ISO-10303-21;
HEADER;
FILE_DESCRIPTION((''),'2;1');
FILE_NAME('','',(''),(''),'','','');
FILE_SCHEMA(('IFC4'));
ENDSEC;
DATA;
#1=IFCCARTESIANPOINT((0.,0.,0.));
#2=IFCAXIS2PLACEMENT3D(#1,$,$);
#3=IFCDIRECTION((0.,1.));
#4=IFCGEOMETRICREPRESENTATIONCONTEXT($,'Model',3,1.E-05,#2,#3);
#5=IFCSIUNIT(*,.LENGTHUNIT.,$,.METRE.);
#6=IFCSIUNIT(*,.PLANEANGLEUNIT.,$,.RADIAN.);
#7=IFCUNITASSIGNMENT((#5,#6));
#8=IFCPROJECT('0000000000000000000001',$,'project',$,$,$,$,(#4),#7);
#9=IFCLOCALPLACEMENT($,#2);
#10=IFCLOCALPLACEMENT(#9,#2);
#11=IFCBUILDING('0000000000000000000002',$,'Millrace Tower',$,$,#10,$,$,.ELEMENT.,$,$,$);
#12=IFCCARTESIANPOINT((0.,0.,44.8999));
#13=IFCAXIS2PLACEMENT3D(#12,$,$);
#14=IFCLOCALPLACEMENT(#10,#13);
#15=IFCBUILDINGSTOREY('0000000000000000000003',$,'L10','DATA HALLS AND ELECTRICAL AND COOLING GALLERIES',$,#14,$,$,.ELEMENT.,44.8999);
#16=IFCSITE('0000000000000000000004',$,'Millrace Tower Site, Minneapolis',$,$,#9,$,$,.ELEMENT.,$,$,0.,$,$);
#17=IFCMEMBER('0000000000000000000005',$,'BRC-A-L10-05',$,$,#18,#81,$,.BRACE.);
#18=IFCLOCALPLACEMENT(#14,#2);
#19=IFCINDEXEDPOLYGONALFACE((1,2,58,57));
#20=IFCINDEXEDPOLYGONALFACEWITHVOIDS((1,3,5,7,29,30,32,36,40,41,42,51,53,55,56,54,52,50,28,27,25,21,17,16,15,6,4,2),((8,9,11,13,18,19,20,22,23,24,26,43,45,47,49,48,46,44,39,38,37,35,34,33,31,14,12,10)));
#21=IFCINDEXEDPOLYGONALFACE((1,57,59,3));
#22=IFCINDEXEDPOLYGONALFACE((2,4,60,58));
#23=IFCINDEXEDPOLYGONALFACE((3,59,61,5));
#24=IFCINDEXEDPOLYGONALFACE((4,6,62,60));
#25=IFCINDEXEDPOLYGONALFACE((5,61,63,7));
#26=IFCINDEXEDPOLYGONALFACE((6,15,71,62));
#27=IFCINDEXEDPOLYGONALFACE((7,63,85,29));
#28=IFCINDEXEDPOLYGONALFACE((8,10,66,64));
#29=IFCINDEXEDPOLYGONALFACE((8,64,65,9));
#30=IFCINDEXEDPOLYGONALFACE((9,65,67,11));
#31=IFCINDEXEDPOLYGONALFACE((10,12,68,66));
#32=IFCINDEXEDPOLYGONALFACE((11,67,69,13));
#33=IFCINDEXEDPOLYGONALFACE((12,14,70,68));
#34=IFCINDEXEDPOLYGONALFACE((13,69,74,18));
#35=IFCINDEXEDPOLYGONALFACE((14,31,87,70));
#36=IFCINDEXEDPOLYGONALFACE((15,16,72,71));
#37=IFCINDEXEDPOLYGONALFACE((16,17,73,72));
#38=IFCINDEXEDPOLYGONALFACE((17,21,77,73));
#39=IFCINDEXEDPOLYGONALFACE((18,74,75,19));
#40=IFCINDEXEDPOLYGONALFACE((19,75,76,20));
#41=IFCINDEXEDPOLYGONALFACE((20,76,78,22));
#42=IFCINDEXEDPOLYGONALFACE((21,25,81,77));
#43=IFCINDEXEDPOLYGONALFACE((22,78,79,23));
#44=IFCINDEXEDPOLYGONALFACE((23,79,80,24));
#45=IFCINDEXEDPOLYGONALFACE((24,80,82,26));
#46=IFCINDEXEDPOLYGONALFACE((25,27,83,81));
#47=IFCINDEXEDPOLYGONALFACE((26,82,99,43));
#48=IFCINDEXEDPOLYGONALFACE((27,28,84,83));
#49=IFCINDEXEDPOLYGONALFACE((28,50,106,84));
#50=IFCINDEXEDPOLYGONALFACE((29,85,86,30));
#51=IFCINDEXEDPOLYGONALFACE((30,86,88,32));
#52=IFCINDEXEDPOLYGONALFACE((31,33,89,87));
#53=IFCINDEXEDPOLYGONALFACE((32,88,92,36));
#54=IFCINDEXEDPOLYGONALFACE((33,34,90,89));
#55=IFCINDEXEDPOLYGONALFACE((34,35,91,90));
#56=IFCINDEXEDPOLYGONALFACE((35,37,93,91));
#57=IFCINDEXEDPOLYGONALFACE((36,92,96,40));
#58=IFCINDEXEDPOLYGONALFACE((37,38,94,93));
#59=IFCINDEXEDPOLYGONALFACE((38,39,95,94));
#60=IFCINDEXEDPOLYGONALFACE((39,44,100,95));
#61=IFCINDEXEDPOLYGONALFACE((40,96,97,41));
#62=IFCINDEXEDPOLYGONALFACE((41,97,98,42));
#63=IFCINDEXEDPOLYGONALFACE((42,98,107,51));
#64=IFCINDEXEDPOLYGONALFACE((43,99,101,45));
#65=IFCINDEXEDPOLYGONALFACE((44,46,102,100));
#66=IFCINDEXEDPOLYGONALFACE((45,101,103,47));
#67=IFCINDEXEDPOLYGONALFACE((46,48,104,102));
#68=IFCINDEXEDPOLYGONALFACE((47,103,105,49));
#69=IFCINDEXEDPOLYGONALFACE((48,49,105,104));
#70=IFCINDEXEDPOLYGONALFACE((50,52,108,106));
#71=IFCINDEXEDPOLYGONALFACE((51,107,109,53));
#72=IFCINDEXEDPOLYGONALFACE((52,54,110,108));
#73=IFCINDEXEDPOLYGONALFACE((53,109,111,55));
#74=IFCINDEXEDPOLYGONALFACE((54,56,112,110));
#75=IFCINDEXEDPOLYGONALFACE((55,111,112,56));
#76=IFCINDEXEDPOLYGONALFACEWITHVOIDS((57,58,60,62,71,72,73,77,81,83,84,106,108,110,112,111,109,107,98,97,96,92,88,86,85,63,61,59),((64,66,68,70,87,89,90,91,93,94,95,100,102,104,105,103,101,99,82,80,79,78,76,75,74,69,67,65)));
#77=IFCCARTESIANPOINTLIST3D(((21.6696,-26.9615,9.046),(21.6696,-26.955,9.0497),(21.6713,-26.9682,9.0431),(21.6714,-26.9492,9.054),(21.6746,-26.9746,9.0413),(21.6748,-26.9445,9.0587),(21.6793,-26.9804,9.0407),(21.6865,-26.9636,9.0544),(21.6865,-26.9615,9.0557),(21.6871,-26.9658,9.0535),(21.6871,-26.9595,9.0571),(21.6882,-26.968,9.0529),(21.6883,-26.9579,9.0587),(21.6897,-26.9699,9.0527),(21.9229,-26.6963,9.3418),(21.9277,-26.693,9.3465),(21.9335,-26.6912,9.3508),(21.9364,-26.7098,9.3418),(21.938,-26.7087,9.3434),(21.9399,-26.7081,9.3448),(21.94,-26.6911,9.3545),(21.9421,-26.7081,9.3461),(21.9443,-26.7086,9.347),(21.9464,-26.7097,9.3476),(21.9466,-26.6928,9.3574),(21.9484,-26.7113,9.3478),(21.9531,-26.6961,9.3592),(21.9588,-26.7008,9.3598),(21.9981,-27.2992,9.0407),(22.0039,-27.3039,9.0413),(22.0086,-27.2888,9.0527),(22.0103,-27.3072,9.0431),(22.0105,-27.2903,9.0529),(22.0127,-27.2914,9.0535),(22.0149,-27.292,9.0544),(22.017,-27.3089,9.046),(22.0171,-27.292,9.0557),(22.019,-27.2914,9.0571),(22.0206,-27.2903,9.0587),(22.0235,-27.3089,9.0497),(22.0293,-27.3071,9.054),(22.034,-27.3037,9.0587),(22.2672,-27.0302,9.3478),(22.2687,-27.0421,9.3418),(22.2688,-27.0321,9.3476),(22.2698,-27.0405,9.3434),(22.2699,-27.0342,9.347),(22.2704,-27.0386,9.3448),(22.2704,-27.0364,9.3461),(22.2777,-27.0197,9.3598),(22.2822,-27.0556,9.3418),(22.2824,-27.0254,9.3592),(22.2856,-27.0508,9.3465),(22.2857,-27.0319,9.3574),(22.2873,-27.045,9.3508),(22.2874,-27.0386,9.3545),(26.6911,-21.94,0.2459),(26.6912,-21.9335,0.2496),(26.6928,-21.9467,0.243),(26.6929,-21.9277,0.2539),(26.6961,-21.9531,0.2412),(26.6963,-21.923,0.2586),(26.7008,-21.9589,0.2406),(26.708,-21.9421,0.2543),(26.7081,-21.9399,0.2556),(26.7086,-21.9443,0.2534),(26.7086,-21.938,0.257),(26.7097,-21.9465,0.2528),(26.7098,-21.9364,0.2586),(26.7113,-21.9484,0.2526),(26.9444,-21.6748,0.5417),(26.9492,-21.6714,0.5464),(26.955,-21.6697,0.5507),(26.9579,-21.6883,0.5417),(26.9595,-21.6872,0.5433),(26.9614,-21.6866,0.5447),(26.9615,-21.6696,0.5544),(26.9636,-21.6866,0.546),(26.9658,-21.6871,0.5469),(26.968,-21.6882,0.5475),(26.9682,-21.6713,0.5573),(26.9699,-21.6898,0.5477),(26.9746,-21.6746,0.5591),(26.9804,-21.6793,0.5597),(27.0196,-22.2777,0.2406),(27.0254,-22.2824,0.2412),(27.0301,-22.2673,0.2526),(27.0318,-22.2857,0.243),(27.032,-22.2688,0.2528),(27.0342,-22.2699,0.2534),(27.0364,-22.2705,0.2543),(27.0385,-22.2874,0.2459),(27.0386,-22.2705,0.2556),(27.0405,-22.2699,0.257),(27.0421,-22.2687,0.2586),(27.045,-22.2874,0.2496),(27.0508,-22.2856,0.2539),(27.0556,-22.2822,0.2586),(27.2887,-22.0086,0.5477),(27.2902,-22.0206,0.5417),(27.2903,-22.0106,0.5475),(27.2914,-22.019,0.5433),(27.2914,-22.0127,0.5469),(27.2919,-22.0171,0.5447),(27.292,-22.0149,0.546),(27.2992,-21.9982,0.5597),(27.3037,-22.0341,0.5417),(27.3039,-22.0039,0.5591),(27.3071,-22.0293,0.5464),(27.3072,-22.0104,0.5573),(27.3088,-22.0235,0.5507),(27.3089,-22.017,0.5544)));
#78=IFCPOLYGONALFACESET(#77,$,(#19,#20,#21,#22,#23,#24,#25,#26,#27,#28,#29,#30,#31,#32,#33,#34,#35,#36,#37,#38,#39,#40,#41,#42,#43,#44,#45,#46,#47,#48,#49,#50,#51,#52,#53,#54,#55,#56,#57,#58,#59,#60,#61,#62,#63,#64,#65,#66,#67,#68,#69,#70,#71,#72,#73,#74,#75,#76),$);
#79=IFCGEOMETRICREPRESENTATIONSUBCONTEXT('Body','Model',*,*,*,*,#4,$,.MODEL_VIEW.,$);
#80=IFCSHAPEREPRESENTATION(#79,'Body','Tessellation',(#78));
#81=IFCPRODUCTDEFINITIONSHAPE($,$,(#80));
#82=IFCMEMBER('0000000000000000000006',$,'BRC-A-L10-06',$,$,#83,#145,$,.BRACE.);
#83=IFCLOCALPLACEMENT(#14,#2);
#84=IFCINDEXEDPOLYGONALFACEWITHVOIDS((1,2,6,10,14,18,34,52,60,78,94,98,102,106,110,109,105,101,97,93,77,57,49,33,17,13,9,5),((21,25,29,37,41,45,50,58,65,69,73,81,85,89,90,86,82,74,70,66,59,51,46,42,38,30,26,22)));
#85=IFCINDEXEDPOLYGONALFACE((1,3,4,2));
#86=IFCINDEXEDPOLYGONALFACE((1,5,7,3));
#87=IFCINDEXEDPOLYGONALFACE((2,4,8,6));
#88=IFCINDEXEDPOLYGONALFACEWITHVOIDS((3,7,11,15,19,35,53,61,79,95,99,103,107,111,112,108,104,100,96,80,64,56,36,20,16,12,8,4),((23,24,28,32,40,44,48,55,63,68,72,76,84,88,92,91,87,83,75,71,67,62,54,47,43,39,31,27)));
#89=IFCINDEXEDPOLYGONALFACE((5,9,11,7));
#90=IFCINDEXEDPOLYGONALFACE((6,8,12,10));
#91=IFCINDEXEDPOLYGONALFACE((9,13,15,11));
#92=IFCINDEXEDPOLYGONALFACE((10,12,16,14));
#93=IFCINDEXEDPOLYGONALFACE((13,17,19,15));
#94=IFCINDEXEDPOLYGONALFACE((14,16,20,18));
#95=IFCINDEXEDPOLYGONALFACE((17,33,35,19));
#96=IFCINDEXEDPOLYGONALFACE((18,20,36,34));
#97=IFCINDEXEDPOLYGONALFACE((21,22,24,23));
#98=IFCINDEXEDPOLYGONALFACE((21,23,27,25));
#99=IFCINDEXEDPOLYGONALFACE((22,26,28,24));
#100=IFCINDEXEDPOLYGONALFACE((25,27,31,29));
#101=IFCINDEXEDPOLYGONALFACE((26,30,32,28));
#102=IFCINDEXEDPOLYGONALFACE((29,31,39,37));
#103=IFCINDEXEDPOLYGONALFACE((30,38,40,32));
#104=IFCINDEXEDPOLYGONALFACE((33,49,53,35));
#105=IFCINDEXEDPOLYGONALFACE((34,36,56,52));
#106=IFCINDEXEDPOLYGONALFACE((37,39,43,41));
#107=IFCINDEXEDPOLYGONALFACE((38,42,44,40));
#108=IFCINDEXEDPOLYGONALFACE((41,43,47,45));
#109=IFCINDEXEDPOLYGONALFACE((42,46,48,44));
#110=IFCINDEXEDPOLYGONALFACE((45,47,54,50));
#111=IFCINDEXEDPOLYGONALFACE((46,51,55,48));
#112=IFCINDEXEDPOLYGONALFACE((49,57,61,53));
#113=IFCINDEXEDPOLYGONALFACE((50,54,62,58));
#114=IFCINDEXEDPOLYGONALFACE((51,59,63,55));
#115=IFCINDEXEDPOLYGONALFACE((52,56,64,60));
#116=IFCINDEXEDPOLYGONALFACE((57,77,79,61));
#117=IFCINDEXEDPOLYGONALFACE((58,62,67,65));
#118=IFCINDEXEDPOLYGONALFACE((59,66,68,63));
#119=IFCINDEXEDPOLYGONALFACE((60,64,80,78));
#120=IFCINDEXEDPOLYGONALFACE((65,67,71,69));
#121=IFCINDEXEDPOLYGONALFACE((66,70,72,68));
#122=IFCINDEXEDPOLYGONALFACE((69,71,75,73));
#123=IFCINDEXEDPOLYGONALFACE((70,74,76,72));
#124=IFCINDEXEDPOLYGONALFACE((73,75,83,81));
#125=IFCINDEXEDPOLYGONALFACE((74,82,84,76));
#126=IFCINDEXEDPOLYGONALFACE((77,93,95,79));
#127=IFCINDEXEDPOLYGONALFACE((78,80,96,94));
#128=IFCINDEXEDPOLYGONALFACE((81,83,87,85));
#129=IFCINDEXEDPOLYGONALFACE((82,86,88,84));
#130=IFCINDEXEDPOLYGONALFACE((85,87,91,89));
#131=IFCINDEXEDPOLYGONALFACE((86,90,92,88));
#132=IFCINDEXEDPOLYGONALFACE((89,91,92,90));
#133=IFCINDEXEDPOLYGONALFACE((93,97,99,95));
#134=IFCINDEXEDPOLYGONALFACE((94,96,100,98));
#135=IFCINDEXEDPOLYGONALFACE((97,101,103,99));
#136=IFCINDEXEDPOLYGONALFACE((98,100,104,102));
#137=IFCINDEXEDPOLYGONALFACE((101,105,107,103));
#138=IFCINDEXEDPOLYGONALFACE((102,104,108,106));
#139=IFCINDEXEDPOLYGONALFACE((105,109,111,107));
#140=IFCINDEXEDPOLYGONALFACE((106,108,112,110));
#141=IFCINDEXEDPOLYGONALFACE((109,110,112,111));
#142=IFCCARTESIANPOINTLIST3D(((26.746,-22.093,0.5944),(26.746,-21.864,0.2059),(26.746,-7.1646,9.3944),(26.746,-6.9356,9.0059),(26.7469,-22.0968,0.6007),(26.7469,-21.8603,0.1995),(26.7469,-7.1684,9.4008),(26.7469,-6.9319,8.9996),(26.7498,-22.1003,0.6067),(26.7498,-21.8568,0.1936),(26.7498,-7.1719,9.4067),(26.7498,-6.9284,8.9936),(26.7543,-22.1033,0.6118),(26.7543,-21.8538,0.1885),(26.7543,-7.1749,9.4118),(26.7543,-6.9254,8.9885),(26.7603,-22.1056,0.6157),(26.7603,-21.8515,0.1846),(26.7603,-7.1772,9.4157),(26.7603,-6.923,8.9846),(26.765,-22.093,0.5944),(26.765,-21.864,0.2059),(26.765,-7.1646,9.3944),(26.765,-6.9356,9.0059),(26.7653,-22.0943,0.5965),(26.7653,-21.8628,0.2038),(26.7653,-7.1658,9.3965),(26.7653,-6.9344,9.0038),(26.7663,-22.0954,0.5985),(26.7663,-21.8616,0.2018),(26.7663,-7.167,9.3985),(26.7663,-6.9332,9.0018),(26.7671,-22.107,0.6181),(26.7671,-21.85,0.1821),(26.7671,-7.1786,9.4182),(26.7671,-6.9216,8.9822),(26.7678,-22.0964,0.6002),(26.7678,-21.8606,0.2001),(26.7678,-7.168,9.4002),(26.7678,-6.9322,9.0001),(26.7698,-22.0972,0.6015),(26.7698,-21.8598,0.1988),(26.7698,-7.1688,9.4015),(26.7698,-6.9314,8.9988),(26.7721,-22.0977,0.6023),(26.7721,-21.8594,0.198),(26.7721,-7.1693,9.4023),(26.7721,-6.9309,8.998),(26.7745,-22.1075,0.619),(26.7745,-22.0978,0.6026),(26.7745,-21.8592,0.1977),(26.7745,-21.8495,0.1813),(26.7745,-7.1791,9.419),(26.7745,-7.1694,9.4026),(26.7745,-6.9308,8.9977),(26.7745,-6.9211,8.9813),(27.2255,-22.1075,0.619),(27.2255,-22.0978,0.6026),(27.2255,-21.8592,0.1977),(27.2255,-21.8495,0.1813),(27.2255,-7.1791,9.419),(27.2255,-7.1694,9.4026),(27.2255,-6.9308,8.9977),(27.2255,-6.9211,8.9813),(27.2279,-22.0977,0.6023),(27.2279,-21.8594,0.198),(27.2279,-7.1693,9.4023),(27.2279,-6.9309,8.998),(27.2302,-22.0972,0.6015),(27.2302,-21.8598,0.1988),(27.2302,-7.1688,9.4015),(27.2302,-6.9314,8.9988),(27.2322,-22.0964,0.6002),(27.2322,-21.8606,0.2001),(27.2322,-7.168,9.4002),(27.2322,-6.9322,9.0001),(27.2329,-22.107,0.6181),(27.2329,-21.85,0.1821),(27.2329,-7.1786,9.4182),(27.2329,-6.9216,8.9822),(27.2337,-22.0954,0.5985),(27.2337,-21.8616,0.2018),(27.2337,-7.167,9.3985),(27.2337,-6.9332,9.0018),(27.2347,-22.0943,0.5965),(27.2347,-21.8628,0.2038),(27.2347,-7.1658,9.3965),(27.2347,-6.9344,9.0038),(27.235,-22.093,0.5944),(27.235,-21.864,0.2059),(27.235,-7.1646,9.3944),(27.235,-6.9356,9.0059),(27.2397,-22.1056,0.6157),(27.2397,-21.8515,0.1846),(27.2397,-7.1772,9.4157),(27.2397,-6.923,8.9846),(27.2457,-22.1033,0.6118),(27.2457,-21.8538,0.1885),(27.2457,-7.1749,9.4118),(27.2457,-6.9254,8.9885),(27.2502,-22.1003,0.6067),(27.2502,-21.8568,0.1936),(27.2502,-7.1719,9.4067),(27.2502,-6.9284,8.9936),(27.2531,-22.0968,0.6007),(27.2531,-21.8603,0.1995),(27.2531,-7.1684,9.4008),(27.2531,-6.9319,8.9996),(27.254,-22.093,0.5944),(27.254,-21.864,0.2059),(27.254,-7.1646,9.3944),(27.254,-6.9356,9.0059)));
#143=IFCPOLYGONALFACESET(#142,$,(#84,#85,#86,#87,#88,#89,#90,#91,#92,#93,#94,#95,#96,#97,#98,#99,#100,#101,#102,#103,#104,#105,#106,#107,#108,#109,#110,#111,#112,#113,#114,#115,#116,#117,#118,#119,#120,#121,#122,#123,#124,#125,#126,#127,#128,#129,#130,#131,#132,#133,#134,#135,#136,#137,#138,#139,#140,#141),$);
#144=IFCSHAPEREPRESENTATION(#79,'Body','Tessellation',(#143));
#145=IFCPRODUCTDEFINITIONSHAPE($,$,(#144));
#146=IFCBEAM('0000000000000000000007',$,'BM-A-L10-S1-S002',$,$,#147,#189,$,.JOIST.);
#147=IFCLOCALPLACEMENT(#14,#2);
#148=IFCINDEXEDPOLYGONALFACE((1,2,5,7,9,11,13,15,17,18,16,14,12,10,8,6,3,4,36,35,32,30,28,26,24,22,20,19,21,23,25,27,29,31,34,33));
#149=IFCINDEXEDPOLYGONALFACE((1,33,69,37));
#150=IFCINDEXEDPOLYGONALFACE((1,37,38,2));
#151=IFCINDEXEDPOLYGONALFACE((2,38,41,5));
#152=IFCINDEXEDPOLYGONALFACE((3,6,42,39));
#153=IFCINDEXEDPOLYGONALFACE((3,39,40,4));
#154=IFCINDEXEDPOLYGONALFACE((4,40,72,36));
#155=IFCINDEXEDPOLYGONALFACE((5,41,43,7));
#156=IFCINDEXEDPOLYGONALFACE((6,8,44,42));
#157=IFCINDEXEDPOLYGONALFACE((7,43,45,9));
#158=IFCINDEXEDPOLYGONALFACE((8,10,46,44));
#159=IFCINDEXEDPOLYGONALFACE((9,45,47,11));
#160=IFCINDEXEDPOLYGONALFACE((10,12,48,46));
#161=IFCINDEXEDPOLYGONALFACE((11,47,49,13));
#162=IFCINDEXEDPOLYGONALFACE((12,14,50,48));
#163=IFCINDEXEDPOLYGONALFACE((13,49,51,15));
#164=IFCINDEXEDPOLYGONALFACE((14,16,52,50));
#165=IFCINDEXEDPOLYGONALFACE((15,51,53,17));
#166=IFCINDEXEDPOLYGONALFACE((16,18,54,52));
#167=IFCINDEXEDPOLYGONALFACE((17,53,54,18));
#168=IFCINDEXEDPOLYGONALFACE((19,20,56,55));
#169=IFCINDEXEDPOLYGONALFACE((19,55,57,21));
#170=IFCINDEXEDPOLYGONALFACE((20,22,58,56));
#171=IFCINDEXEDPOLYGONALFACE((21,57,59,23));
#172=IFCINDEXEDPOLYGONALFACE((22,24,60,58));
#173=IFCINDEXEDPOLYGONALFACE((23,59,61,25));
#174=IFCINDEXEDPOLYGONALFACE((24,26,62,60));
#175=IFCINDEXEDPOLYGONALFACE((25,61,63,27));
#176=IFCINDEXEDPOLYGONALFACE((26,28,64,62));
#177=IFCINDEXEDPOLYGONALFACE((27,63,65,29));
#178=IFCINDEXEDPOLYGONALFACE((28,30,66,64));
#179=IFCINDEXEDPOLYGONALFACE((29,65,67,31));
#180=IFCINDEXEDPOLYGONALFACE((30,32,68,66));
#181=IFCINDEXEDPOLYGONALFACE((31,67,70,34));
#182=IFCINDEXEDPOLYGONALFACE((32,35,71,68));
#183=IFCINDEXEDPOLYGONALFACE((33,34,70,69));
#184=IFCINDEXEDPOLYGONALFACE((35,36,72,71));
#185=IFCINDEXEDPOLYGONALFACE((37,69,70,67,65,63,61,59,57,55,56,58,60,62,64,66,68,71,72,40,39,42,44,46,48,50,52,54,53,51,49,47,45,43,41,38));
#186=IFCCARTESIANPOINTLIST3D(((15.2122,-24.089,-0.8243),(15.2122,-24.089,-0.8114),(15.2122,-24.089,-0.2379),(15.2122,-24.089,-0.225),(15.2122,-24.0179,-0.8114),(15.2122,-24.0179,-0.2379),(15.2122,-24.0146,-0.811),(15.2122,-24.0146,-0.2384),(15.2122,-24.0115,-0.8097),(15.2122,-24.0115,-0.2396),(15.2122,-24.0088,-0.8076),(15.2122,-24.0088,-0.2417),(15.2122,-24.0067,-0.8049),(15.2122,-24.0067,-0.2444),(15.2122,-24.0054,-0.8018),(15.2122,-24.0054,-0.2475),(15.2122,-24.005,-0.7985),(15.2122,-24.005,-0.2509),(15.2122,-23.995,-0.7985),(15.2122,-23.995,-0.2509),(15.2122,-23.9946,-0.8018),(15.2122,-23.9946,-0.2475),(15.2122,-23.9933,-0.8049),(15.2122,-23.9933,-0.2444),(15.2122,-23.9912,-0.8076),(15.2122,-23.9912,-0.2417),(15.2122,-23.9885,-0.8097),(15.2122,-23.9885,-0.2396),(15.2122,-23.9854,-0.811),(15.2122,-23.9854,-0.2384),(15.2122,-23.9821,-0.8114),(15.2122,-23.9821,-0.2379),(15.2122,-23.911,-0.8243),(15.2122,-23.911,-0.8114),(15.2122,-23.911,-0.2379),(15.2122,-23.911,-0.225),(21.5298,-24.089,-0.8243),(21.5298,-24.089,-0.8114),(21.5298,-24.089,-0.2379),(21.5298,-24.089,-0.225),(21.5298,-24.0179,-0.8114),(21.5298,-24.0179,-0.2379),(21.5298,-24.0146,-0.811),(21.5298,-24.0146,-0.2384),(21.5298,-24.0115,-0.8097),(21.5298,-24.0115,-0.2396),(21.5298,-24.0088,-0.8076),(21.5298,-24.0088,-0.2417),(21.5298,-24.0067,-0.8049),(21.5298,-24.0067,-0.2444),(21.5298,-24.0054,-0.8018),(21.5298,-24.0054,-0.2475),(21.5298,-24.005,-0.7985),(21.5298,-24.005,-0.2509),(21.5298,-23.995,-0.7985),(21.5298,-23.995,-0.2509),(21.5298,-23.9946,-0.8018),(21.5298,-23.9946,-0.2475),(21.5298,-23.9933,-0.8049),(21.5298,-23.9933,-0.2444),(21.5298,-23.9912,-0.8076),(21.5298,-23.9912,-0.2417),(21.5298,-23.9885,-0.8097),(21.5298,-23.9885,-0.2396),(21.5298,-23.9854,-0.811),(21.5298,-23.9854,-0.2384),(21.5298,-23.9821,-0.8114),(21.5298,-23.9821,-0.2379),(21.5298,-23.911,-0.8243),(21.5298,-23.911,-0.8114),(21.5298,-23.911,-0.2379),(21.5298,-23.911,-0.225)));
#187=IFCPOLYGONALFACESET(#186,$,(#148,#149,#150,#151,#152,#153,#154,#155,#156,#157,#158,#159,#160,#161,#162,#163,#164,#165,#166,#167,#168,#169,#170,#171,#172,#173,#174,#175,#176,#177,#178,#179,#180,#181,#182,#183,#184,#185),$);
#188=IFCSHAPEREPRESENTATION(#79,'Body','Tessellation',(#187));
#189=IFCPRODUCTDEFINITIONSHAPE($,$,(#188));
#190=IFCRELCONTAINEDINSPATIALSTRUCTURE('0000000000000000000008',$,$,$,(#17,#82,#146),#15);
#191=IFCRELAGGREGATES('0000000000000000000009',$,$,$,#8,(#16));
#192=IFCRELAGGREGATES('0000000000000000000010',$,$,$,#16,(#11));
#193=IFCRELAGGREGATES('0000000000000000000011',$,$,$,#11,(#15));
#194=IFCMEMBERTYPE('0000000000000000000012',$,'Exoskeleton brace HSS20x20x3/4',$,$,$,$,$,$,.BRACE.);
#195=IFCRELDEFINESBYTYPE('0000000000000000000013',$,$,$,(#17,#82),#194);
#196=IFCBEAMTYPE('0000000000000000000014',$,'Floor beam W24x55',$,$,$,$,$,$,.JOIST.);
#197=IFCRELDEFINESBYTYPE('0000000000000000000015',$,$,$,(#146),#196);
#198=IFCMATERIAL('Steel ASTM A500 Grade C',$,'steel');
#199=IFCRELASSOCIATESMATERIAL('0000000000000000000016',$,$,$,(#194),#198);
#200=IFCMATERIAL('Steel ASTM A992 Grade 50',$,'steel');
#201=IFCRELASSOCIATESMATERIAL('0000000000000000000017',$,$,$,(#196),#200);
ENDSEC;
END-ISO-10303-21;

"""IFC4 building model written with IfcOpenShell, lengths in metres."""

from ifc_helpers import new_model, si_unit, direction, frame, origin, origin_2d, place, context, subcontext, project, spatial, hollow_rectangle, i_section, extrude, material, material_profile, profile_set, type_object, element, save


model = new_model("IFC4")

# Units and contexts
model_context = context("Model", 3, precision=1e-05, world=origin(), true_north=direction((0.0, 1.0)))
body_context = subcontext(model_context, "Body", "Model", "MODEL_VIEW")
ifc_project = project(units=[si_unit("LENGTHUNIT", "METRE"), si_unit("PLANEANGLEUNIT", "RADIAN")], contexts=[model_context])

# Site, building, storey
site_placement = place(None, origin())
site = spatial("IfcSite", under=ifc_project, at=site_placement, Name="Millrace Tower Site, Minneapolis", CompositionType="ELEMENT", RefElevation=0.0)
building_placement = place(site_placement, origin())
building = spatial("IfcBuilding", under=site, at=building_placement, Name="Millrace Tower", CompositionType="ELEMENT")
storey_placement = place(building_placement, frame((0.0, 0.0, 44.8999)))
storey = spatial("IfcBuildingStorey", under=building, at=storey_placement, Name="L10", Description="DATA HALLS AND ELECTRICAL AND COOLING GALLERIES", CompositionType="ELEMENT", Elevation=44.8999)

# Members
ifc_material_1 = material(Name="Steel ASTM A500 Grade C", Category="steel")
ifc_material_profile_1 = material_profile(ifc_material_1, hollow_rectangle(XDim=0.5081, YDim=0.5081, WallThickness=0.019, InnerFilletRadius=0.0095, OuterFilletRadius=0.0286, at=origin_2d()))
ifc_profile_set_1 = profile_set([ifc_material_profile_1], Name="Steel ASTM A500 Grade C")
member_type_1 = type_object("IfcMemberType", Name="Exoskeleton brace HSS20x20x3/4", PredefinedType="BRACE", material=ifc_profile_set_1)
member_1_placement = place(storey_placement, frame((27.0, -21.9785, 0.4001), z_axis=(-0.444064, -0.444064, 0.778213), x_axis=(0.707107, -0.707107, 0.0)))
element("IfcMember", 1, at=member_1_placement, inside=storey, type_object=member_type_1, Name="BRC-A-L10-05", PredefinedType="BRACE", context=body_context, shape_type="SweptSolid", body=[
    extrude(hollow_rectangle(XDim=0.5081, YDim=0.5081, WallThickness=0.019, InnerFilletRadius=0.0095, OuterFilletRadius=0.0286, at=origin_2d()), origin(), (0.0, 0.0, 1.0), 11.3081),
])
member_2_placement = place(storey_placement, frame((27.0, -21.9785, 0.4001), z_axis=(0.0, 0.861465, 0.507817), x_axis=(-1.0, 0.0, 0.0)))
element("IfcMember", 2, at=member_2_placement, inside=storey, type_object=member_type_1, Name="BRC-A-L10-06", PredefinedType="BRACE", context=body_context, shape_type="SweptSolid", body=[
    extrude(hollow_rectangle(XDim=0.5081, YDim=0.5081, WallThickness=0.019, InnerFilletRadius=0.0095, OuterFilletRadius=0.0286, at=origin_2d()), origin(), (0.0, 0.0, 1.0), 17.3291),
])

# Beam
ifc_material_2 = material(Name="Steel ASTM A992 Grade 50", Category="steel")
ifc_material_profile_2 = material_profile(ifc_material_2, i_section(OverallWidth=0.178, OverallDepth=0.5994, WebThickness=0.01, FlangeThickness=0.0129, FilletRadius=0.0129, at=origin_2d()))
ifc_profile_set_2 = profile_set([ifc_material_profile_2], Name="Steel ASTM A992 Grade 50")
beam_type_1 = type_object("IfcBeamType", Name="Floor beam W24x55", PredefinedType="JOIST", material=ifc_profile_set_2)
beam_1_placement = place(storey_placement, frame((15.2122, -24.0, -0.5247), z_axis=(1.0, 0.0, 0.0), x_axis=(0.0, 1.0, 0.0)))
element("IfcBeam", 3, at=beam_1_placement, inside=storey, type_object=beam_type_1, Name="BM-A-L10-S1-S002", PredefinedType="JOIST", context=body_context, shape_type="SweptSolid", body=[
    extrude(i_section(OverallWidth=0.178, OverallDepth=0.5994, WebThickness=0.01, FlangeThickness=0.0129, FilletRadius=0.0129, at=origin_2d()), origin(), (0.0, 0.0, 1.0), 6.3176),
])

save(model, "model.ifc")
